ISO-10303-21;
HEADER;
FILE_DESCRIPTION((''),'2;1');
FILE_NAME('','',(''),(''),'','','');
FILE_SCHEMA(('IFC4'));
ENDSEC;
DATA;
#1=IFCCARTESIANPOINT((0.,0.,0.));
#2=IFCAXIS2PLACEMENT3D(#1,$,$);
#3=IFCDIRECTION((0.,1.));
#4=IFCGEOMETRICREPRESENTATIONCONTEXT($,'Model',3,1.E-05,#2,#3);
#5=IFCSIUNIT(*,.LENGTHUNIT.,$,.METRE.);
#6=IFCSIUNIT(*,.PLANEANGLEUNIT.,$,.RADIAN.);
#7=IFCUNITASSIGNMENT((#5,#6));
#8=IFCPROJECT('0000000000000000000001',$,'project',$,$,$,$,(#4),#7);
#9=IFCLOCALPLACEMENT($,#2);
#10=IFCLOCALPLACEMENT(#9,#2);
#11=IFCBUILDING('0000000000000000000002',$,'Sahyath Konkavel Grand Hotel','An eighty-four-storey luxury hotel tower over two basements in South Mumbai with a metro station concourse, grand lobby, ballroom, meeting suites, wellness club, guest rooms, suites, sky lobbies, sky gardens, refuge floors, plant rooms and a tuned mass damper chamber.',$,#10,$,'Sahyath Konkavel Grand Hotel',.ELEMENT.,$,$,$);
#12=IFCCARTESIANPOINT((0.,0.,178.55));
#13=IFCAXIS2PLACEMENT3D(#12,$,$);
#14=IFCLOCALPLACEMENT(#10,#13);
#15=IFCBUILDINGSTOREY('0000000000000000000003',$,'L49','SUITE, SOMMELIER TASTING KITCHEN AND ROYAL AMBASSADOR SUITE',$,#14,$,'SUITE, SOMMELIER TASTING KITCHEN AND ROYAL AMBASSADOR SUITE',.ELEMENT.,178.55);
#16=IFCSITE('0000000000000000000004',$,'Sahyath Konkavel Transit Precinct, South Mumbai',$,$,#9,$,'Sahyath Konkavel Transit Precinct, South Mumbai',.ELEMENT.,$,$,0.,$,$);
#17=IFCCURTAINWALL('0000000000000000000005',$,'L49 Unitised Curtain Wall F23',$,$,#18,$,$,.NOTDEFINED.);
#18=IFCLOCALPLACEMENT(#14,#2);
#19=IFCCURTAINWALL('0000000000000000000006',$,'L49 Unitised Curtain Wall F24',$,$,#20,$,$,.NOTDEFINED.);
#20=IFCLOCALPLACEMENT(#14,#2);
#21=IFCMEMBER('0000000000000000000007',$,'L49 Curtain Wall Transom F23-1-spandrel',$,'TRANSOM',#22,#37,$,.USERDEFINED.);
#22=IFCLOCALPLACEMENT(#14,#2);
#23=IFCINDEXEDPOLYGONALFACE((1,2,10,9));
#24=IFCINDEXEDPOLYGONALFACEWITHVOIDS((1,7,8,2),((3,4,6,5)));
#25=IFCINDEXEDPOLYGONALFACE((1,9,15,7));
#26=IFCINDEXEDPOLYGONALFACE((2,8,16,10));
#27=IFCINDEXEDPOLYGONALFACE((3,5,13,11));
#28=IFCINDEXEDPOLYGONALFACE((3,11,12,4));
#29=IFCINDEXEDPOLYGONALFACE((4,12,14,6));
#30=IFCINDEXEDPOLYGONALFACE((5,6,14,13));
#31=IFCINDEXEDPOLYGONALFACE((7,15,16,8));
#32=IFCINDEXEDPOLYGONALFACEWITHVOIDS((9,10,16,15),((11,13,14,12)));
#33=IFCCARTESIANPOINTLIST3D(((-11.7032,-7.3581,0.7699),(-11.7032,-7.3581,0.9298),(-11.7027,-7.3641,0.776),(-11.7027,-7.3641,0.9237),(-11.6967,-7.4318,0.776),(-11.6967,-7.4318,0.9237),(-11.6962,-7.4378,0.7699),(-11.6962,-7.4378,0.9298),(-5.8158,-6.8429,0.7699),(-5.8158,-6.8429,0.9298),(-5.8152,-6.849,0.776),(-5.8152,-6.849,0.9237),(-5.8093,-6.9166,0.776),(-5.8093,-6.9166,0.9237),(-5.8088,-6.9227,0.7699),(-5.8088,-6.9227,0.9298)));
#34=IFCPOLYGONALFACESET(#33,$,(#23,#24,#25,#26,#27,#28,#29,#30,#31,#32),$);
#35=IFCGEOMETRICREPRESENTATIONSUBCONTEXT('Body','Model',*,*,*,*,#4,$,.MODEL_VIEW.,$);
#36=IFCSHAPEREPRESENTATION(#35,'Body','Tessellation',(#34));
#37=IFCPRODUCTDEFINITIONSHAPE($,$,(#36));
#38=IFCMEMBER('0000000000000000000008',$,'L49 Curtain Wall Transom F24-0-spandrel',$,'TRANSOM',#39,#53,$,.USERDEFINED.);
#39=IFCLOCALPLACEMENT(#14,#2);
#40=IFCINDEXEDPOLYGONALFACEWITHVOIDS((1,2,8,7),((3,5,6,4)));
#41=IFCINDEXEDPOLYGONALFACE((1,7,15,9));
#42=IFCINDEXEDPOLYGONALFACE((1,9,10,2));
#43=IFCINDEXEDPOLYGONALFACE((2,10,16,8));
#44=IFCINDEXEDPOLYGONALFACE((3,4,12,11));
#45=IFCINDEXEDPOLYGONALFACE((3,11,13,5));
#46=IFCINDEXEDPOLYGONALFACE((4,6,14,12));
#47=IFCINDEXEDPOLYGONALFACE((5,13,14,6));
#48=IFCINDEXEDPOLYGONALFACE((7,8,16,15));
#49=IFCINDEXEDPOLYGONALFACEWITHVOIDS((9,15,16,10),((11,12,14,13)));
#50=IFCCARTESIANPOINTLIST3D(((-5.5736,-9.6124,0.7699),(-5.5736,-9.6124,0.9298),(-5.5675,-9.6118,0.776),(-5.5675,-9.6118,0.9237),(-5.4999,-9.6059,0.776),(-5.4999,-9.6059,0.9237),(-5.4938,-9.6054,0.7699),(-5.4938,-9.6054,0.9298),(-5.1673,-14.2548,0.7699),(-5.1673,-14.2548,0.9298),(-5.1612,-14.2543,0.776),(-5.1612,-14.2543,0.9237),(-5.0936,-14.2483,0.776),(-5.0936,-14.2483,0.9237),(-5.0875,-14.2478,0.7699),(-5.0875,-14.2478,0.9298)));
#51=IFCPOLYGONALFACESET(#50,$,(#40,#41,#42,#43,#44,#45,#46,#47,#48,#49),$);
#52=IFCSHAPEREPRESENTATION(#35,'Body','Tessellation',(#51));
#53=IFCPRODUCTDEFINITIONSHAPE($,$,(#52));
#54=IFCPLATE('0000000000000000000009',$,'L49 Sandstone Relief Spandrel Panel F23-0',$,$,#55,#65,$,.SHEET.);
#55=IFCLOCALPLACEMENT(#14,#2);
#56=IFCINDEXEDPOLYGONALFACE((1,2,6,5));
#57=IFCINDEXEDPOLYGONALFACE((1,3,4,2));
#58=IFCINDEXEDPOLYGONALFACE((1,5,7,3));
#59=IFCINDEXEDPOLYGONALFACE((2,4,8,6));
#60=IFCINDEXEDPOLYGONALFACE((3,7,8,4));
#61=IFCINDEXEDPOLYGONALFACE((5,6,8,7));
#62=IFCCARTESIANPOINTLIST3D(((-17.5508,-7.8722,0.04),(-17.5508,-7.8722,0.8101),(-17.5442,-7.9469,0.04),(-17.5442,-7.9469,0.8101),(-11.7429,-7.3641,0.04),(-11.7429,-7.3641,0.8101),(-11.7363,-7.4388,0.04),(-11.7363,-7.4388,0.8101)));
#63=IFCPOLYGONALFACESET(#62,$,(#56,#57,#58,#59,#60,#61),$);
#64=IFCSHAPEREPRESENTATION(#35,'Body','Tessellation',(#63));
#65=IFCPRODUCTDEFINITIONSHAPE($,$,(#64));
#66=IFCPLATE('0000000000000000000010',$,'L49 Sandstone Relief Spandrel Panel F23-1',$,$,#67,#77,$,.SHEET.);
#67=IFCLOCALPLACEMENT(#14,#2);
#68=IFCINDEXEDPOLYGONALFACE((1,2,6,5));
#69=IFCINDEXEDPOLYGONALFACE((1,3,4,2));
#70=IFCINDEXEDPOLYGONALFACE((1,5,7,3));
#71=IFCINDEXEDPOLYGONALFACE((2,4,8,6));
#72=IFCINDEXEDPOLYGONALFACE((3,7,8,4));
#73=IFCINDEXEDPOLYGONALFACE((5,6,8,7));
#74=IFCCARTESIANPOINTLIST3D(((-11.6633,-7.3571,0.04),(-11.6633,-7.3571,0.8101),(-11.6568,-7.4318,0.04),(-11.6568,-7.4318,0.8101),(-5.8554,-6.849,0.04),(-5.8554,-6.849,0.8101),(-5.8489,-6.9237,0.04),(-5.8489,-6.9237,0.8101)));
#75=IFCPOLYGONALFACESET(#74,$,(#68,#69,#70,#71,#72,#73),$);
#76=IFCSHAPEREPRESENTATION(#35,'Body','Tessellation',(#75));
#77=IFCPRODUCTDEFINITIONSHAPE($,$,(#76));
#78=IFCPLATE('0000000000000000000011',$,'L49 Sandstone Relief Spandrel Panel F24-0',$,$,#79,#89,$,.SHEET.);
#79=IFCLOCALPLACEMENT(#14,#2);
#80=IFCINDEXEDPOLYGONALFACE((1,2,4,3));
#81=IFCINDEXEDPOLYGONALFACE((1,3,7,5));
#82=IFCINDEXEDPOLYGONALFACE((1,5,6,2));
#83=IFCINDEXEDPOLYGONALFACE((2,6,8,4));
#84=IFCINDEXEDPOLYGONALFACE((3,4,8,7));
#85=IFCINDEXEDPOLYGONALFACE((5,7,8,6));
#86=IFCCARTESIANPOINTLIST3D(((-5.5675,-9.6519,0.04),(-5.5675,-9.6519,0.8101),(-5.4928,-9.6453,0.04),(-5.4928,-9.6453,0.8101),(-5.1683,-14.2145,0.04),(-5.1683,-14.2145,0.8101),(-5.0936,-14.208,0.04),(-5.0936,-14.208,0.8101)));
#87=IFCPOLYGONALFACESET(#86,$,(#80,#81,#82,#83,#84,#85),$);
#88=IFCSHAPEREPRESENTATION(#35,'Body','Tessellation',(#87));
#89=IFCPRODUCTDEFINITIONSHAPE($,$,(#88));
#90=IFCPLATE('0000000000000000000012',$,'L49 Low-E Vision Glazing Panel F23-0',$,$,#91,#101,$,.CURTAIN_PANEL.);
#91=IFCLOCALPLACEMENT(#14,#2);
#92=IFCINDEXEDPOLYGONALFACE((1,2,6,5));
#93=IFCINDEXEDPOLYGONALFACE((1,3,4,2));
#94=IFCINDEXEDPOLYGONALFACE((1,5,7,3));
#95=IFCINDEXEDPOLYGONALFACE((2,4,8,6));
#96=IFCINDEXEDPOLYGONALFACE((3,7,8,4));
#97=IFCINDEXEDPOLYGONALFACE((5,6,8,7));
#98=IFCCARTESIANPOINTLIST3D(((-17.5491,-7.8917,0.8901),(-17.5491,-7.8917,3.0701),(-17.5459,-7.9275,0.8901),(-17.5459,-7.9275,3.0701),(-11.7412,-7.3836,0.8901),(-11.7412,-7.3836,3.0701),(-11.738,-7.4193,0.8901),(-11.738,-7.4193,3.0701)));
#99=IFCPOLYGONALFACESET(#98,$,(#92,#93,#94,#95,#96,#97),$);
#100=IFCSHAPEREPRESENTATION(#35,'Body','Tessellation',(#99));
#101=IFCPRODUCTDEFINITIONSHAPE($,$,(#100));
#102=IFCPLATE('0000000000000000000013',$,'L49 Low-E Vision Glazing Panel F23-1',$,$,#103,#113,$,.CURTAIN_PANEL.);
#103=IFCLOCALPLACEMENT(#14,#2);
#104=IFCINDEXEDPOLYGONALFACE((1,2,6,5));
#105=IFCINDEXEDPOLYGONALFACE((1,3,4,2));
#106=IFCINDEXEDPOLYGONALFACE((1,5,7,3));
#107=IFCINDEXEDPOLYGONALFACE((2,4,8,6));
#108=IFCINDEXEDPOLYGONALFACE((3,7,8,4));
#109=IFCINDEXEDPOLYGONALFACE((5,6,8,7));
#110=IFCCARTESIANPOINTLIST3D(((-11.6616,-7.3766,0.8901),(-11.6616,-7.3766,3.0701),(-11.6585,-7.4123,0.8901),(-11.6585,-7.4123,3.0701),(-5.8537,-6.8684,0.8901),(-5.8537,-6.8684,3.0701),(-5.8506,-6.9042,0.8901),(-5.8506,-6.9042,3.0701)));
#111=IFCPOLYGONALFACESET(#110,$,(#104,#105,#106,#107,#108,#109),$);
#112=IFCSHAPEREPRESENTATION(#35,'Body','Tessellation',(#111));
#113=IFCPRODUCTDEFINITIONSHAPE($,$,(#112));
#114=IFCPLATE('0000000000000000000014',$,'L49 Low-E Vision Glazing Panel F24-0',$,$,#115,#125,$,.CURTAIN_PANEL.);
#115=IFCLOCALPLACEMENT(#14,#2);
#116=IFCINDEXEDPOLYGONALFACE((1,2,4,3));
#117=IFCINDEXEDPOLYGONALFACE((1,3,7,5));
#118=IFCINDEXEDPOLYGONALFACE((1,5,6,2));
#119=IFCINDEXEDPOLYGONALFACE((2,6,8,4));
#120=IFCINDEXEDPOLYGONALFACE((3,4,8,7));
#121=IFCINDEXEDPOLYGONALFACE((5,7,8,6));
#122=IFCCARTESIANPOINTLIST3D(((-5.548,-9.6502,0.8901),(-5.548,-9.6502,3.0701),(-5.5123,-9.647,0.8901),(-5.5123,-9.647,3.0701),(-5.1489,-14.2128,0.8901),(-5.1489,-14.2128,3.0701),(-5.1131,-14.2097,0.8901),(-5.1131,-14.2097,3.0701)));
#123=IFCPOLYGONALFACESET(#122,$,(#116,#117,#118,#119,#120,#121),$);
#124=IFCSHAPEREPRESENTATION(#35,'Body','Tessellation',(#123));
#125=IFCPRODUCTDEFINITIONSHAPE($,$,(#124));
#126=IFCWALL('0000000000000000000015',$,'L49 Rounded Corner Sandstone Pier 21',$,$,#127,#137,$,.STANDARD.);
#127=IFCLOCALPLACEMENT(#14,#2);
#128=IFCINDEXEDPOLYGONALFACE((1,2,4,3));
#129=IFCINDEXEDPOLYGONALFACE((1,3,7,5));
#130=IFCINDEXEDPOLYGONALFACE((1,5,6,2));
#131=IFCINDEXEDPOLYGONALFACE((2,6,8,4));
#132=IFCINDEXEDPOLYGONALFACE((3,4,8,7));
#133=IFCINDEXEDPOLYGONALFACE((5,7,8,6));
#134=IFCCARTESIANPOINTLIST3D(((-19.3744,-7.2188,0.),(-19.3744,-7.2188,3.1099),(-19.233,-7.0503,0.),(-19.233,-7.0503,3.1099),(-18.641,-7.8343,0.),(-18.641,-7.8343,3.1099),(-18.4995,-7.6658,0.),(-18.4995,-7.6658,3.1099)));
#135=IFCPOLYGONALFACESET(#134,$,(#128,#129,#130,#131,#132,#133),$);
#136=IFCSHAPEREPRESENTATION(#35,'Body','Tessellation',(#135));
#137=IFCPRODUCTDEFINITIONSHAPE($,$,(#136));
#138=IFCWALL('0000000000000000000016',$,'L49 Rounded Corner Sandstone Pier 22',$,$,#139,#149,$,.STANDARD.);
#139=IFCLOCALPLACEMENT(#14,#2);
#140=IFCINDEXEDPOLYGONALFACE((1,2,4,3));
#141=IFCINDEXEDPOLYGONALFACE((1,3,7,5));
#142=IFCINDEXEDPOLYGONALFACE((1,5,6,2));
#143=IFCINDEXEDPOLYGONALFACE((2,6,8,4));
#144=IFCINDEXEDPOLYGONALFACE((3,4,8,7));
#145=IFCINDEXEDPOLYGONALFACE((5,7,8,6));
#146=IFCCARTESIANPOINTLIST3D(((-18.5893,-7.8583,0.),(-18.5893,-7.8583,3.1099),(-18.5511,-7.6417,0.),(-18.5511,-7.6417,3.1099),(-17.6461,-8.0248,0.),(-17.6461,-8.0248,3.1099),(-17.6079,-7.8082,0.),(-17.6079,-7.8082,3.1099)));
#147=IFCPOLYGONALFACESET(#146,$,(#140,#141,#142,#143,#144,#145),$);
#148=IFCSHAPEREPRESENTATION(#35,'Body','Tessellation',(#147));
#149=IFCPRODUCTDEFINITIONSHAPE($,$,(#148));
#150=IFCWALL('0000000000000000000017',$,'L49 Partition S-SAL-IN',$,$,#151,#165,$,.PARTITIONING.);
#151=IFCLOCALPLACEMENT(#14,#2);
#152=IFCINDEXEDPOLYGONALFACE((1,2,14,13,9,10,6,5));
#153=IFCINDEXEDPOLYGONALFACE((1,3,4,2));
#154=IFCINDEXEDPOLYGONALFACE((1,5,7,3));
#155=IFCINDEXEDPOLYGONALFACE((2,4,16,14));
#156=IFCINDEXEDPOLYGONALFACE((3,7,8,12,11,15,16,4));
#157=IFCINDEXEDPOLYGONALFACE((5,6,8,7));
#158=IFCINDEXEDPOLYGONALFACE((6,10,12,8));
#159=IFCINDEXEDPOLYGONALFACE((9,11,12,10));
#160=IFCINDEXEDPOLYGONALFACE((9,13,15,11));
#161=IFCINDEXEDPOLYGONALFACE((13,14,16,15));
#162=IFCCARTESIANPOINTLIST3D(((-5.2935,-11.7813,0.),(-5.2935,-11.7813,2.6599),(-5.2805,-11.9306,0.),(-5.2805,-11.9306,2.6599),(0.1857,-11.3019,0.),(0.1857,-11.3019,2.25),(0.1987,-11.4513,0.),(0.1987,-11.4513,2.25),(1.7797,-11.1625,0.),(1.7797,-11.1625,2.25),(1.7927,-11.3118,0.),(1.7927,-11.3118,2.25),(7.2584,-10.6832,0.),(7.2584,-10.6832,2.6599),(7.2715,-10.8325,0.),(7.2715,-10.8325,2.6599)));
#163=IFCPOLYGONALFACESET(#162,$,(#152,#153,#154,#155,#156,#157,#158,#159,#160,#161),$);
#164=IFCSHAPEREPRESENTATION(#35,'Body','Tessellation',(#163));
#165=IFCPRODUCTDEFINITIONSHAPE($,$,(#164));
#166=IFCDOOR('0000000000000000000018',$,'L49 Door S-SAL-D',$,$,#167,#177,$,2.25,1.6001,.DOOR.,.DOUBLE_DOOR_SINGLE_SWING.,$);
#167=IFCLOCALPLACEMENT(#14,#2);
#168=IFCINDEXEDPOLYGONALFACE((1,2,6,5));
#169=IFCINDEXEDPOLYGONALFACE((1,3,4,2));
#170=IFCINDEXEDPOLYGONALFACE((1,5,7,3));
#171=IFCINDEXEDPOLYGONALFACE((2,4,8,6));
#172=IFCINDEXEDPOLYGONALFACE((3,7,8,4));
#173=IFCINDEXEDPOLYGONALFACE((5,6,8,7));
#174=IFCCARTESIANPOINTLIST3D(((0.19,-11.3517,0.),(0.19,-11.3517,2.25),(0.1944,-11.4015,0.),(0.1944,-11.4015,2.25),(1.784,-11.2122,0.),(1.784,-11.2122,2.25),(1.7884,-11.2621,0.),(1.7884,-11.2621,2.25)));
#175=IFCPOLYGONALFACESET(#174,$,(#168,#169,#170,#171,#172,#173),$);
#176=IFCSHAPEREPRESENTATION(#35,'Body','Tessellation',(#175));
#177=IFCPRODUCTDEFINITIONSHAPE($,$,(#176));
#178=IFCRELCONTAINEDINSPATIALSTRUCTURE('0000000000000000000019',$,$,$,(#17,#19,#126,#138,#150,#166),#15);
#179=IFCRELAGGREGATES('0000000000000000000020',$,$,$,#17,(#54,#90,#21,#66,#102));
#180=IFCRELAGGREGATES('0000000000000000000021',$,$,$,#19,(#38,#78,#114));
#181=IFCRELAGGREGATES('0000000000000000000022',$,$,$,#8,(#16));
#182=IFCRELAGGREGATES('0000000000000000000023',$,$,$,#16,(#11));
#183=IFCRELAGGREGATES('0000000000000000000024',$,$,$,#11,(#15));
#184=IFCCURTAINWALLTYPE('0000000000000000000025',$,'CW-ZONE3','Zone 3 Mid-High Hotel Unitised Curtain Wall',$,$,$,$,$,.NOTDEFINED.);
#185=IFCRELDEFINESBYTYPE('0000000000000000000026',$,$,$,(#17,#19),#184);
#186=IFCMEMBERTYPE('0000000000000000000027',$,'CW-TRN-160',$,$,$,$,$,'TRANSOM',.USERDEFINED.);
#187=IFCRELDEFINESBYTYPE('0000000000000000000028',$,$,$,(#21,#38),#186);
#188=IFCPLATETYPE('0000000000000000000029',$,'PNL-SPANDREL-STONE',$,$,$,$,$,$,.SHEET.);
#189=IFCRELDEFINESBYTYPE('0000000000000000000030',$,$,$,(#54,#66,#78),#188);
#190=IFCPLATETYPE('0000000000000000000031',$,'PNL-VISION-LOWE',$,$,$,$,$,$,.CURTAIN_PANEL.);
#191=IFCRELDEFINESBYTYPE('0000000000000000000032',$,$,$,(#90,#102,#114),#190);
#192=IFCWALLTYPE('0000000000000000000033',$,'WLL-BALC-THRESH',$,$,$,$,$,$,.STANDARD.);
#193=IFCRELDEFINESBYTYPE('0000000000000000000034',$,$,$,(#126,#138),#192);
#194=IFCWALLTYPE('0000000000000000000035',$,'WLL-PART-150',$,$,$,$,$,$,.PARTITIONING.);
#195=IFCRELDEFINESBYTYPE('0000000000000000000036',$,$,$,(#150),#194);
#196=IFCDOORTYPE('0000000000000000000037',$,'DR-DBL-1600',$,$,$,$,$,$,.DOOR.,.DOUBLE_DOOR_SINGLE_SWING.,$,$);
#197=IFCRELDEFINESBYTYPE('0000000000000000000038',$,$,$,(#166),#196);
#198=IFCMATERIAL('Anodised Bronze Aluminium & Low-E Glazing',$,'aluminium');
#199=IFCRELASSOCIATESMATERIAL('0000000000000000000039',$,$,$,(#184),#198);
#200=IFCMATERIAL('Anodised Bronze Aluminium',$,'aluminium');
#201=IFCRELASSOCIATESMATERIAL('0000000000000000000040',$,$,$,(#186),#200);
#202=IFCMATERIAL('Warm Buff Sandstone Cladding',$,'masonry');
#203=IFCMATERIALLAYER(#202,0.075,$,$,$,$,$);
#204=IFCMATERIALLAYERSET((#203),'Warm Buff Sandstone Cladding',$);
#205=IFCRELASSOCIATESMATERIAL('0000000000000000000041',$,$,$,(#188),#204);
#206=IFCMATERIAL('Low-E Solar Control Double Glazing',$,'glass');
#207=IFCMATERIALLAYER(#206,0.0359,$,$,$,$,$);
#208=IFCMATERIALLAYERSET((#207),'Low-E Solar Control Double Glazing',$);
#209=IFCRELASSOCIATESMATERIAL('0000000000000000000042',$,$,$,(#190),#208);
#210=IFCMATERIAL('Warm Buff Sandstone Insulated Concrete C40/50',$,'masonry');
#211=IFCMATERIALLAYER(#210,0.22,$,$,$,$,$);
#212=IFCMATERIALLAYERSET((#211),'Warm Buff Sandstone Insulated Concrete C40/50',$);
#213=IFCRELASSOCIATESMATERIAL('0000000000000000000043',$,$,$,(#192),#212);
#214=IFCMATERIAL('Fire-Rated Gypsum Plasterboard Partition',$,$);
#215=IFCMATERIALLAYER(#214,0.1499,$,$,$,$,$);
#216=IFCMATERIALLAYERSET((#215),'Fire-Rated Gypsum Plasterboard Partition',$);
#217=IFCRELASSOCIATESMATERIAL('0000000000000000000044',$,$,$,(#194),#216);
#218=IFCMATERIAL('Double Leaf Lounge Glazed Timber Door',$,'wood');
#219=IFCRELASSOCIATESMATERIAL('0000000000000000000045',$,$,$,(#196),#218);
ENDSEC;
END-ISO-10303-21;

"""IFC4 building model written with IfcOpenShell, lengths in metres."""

from ifc_helpers import new_model, si_unit, direction, frame, frame_2d, origin, origin_2d, place, context, subcontext, project, spatial, rectangle, hollow_rectangle, extrude, source, transform, mapped, material, layer, layer_set, material_profile, profile_set, type_object, element, fill, aggregate, save


model = new_model("IFC4")

# Units and contexts
model_context = context("Model", 3, precision=1e-05, world=origin(), true_north=direction((0.0, 1.0)))
body_context = subcontext(model_context, "Body", "Model", "MODEL_VIEW")
ifc_project = project(units=[si_unit("LENGTHUNIT", "METRE"), si_unit("PLANEANGLEUNIT", "RADIAN")], contexts=[model_context])

# Site, building, storey
site_placement = place(None, origin())
site = spatial("IfcSite", under=ifc_project, at=site_placement, Name="Sahyath Konkavel Transit Precinct, South Mumbai", LongName="Sahyath Konkavel Transit Precinct, South Mumbai", CompositionType="ELEMENT", RefElevation=0.0)
building_placement = place(site_placement, origin())
building = spatial("IfcBuilding", under=site, at=building_placement, Name="Sahyath Konkavel Grand Hotel", Description="An eighty-four-storey luxury hotel tower over two basements in South Mumbai with a metro station concourse, grand lobby, ballroom, meeting suites, wellness club, guest rooms, suites, sky lobbies, sky gardens, refuge floors, plant rooms and a tuned mass damper chamber.", LongName="Sahyath Konkavel Grand Hotel", CompositionType="ELEMENT")
storey_placement = place(building_placement, frame((0.0, 0.0, 178.55)))
storey = spatial("IfcBuildingStorey", under=building, at=storey_placement, Name="L49", Description="SUITE, SOMMELIER TASTING KITCHEN AND ROYAL AMBASSADOR SUITE", LongName="SUITE, SOMMELIER TASTING KITCHEN AND ROYAL AMBASSADOR SUITE", CompositionType="ELEMENT", Elevation=178.55)

# Shared definitions
ifc_material_1 = material(Name="Anodised Bronze Aluminium & Low-E Glazing", Category="aluminium")
curtain_wall_type = type_object("IfcCurtainWallType", Name="CW-ZONE3", Description="Zone 3 Mid-High Hotel Unitised Curtain Wall", PredefinedType="NOTDEFINED", material=ifc_material_1)
ifc_material_2 = material(Name="Anodised Bronze Aluminium", Category="aluminium")

# Curtain wall
curtain_wall_1_placement = place(storey_placement, origin())
curtain_wall_1 = element("IfcCurtainWall", 1, at=curtain_wall_1_placement, inside=storey, type_object=curtain_wall_type, Name="L49 Unitised Curtain Wall F23", PredefinedType="NOTDEFINED")

# Curtain wall
curtain_wall_2_placement = place(storey_placement, origin())
curtain_wall_2 = element("IfcCurtainWall", 2, at=curtain_wall_2_placement, inside=storey, type_object=curtain_wall_type, Name="L49 Unitised Curtain Wall F24", PredefinedType="NOTDEFINED")

# Members
ifc_material_profile_1 = material_profile(ifc_material_2, hollow_rectangle(XDim=0.0801, YDim=0.1599, WallThickness=0.0061, at=origin_2d()), Name="RHS 160x80x6")
ifc_profile_set_1 = profile_set([ifc_material_profile_1], Name="Anodised Bronze Aluminium")
member_type_1 = type_object("IfcMemberType", Name="CW-TRN-160", ElementType="TRANSOM", PredefinedType="USERDEFINED", material=ifc_profile_set_1)
shared_shape_1 = source(origin(), body_context, "Body", "SweptSolid", [
    extrude(hollow_rectangle(XDim=0.0801, YDim=0.1599, WallThickness=0.0061, at=origin_2d()), origin(), (0.0, 0.0, 1.0), 5.9099),
])
member_1_placement = place(storey_placement, frame((-11.6997, -7.3979, 0.8499), z_axis=(0.996194, 0.087164, 0.0), x_axis=(-0.087164, 0.996194, 0.0)))
member_1 = element("IfcMember", 3, at=member_1_placement, type_object=member_type_1, Name="L49 Curtain Wall Transom F23-1-spandrel", ObjectType="TRANSOM", PredefinedType="USERDEFINED", context=body_context, shape_type="MappedRepresentation", body=[
    mapped(shared_shape_1, transform((0.0, 0.0, 0.0), scale=1.0)),
])
shared_shape_2 = source(origin(), body_context, "Body", "SweptSolid", [
    extrude(hollow_rectangle(XDim=0.0801, YDim=0.1599, WallThickness=0.0061, at=origin_2d()), origin(), (0.0, 0.0, 1.0), 4.6602),
])
member_2_placement = place(storey_placement, frame((-5.5337, -9.6089, 0.8499), z_axis=(0.087177, -0.996193, 0.0), x_axis=(0.996193, 0.087177, 0.0)))
member_2 = element("IfcMember", 4, at=member_2_placement, type_object=member_type_1, Name="L49 Curtain Wall Transom F24-0-spandrel", ObjectType="TRANSOM", PredefinedType="USERDEFINED", context=body_context, shape_type="MappedRepresentation", body=[
    mapped(shared_shape_2, transform((0.0, 0.0, 0.0), scale=1.0)),
])

# Plates
ifc_material_3 = material(Name="Warm Buff Sandstone Cladding", Category="masonry")
ifc_layer_1 = layer(ifc_material_3, 0.075)
ifc_layer_set_1 = layer_set([ifc_layer_1], Name="Warm Buff Sandstone Cladding")
plate_type_1 = type_object("IfcPlateType", Name="PNL-SPANDREL-STONE", PredefinedType="SHEET", material=ifc_layer_set_1)
shared_shape_3 = source(origin(), body_context, "Body", "SweptSolid", [
    extrude(rectangle(XDim=5.8301, YDim=0.075, at=origin_2d()), origin(), (0.0, 0.0, 1.0), 0.77),
])
plate_1_placement = place(storey_placement, frame((-14.6436, -7.6555, 0.04), z_axis=(0.0, 0.0, 1.0), x_axis=(0.996195, 0.087156, 0.0)))
plate_1 = element("IfcPlate", 5, at=plate_1_placement, type_object=plate_type_1, Name="L49 Sandstone Relief Spandrel Panel F23-0", PredefinedType="SHEET", context=body_context, shape_type="MappedRepresentation", body=[
    mapped(shared_shape_3, transform((0.0, 0.0, 0.0), scale=1.0)),
])
plate_2_placement = place(storey_placement, frame((-8.7561, -7.1404, 0.04), z_axis=(0.0, 0.0, 1.0), x_axis=(0.996195, 0.087156, 0.0)))
plate_2 = element("IfcPlate", 6, at=plate_2_placement, type_object=plate_type_1, Name="L49 Sandstone Relief Spandrel Panel F23-1", PredefinedType="SHEET", context=body_context, shape_type="MappedRepresentation", body=[
    mapped(shared_shape_3, transform((0.0, 0.0, 0.0), scale=1.0)),
])
shared_shape_4 = source(origin(), body_context, "Body", "SweptSolid", [
    extrude(rectangle(XDim=4.5801, YDim=0.075, at=origin_2d()), origin(), (0.0, 0.0, 1.0), 0.77),
])
plate_3_placement = place(storey_placement, frame((-5.3306, -11.9299, 0.04), z_axis=(0.0, 0.0, 1.0), x_axis=(0.087156, -0.996195, 0.0)))
plate_3 = element("IfcPlate", 7, at=plate_3_placement, type_object=plate_type_1, Name="L49 Sandstone Relief Spandrel Panel F24-0", PredefinedType="SHEET", context=body_context, shape_type="MappedRepresentation", body=[
    mapped(shared_shape_4, transform((0.0, 0.0, 0.0), scale=1.0)),
])
ifc_material_4 = material(Name="Low-E Solar Control Double Glazing", Category="glass")
ifc_layer_2 = layer(ifc_material_4, 0.0359)
ifc_layer_set_2 = layer_set([ifc_layer_2], Name="Low-E Solar Control Double Glazing")
plate_type_2 = type_object("IfcPlateType", Name="PNL-VISION-LOWE", PredefinedType="CURTAIN_PANEL", material=ifc_layer_set_2)
shared_shape_5 = source(origin(), body_context, "Body", "SweptSolid", [
    extrude(rectangle(XDim=5.8301, YDim=0.0359, at=origin_2d()), origin(), (0.0, 0.0, 1.0), 2.1799),
])
plate_4_placement = place(storey_placement, frame((-14.6436, -7.6555, 0.8901), z_axis=(0.0, 0.0, 1.0), x_axis=(0.996195, 0.087156, 0.0)))
plate_4 = element("IfcPlate", 8, at=plate_4_placement, type_object=plate_type_2, Name="L49 Low-E Vision Glazing Panel F23-0", PredefinedType="CURTAIN_PANEL", context=body_context, shape_type="MappedRepresentation", body=[
    mapped(shared_shape_5, transform((0.0, 0.0, 0.0), scale=1.0)),
])
plate_5_placement = place(storey_placement, frame((-8.7561, -7.1404, 0.8901), z_axis=(0.0, 0.0, 1.0), x_axis=(0.996195, 0.087156, 0.0)))
plate_5 = element("IfcPlate", 9, at=plate_5_placement, type_object=plate_type_2, Name="L49 Low-E Vision Glazing Panel F23-1", PredefinedType="CURTAIN_PANEL", context=body_context, shape_type="MappedRepresentation", body=[
    mapped(shared_shape_5, transform((0.0, 0.0, 0.0), scale=1.0)),
])
aggregate(curtain_wall_1, [plate_1, plate_4, member_1, plate_2, plate_5])
shared_shape_6 = source(origin(), body_context, "Body", "SweptSolid", [
    extrude(rectangle(XDim=4.5801, YDim=0.0359, at=origin_2d()), origin(), (0.0, 0.0, 1.0), 2.1799),
])
plate_6_placement = place(storey_placement, frame((-5.3306, -11.9299, 0.8901), z_axis=(0.0, 0.0, 1.0), x_axis=(0.087156, -0.996195, 0.0)))
plate_6 = element("IfcPlate", 10, at=plate_6_placement, type_object=plate_type_2, Name="L49 Low-E Vision Glazing Panel F24-0", PredefinedType="CURTAIN_PANEL", context=body_context, shape_type="MappedRepresentation", body=[
    mapped(shared_shape_6, transform((0.0, 0.0, 0.0), scale=1.0)),
])
aggregate(curtain_wall_2, [member_2, plate_3, plate_6])

# Walls
ifc_material_5 = material(Name="Warm Buff Sandstone Insulated Concrete C40/50", Category="masonry")
ifc_layer_3 = layer(ifc_material_5, 0.22)
ifc_layer_set_3 = layer_set([ifc_layer_3], Name="Warm Buff Sandstone Insulated Concrete C40/50")
wall_type_1 = type_object("IfcWallType", Name="WLL-BALC-THRESH", PredefinedType="STANDARD", material=ifc_layer_set_3)
wall_1_placement = place(storey_placement, frame((-19.3037, -7.1345, 0.0), z_axis=(0.0, 0.0, 1.0), x_axis=(0.766001, -0.642839, 0.0)))
element("IfcWall", 11, at=wall_1_placement, inside=storey, type_object=wall_type_1, Name="L49 Rounded Corner Sandstone Pier 21", PredefinedType="STANDARD", context=body_context, shape_type="SweptSolid", body=[
    extrude(rectangle(XDim=0.9575, YDim=0.22, at=frame_2d((0.4788, 0.0))), origin(), (0.0, 0.0, 1.0), 3.1099),
])
wall_2_placement = place(storey_placement, frame((-18.5703, -7.75, 0.0), z_axis=(0.0, 0.0, 1.0), x_axis=(0.984771, -0.173858, 0.0)))
element("IfcWall", 12, at=wall_2_placement, inside=storey, type_object=wall_type_1, Name="L49 Rounded Corner Sandstone Pier 22", PredefinedType="STANDARD", context=body_context, shape_type="SweptSolid", body=[
    extrude(rectangle(XDim=0.9578, YDim=0.22, at=frame_2d((0.479, 0.0))), origin(), (0.0, 0.0, 1.0), 3.1099),
])

# Wall, opening, door
ifc_material_6 = material(Name="Fire-Rated Gypsum Plasterboard Partition")
ifc_layer_4 = layer(ifc_material_6, 0.1499)
ifc_layer_set_4 = layer_set([ifc_layer_4], Name="Fire-Rated Gypsum Plasterboard Partition")
wall_type_2 = type_object("IfcWallType", Name="WLL-PART-150", PredefinedType="PARTITIONING", material=ifc_layer_set_4)
wall_3_placement = place(storey_placement, frame((-5.2869, -11.856, 0.0), z_axis=(0.0, 0.0, 1.0), x_axis=(0.996195, 0.087155, 0.0)))
wall_3 = element("IfcWall", 13, at=wall_3_placement, inside=storey, type_object=wall_type_2, Name="L49 Partition S-SAL-IN", PredefinedType="PARTITIONING", context=body_context, shape_type="SweptSolid", body=[
    extrude(rectangle(XDim=12.5999, YDim=0.1499, at=frame_2d((6.2998, 0.0))), origin(), (0.0, 0.0, 1.0), 2.6599),
])
opening_placement = place(wall_3_placement, frame((5.5, 0.0, 0.0)))
opening = element("IfcOpeningElement", 14, at=opening_placement, cuts=wall_3, PredefinedType="OPENING", context=body_context, shape_type="SweptSolid", body=[
    extrude(rectangle(XDim=1.6001, YDim=2.25, at=frame_2d((0.8, 1.125))), frame((0.0, 0.085, 0.0), z_axis=(0.0, -1.0, 0.0), x_axis=(1.0, 0.0, 0.0)), (0.0, 0.0, 1.0), 0.1699),
])
ifc_material_7 = material(Name="Double Leaf Lounge Glazed Timber Door", Category="wood")
door_type = type_object("IfcDoorType", Name="DR-DBL-1600", OperationType="DOUBLE_DOOR_SINGLE_SWING", PredefinedType="DOOR", material=ifc_material_7)
shared_shape_7 = source(origin(), body_context, "Body", "SweptSolid", [
    extrude(rectangle(XDim=1.6001, YDim=0.05, at=origin_2d()), origin(), (0.0, 0.0, 1.0), 2.25),
])
door_placement = place(opening_placement, frame((0.8, 0.0, 0.0)))
door = element("IfcDoor", 15, at=door_placement, inside=storey, type_object=door_type, Name="L49 Door S-SAL-D", OperationType="DOUBLE_DOOR_SINGLE_SWING", OverallHeight=2.25, OverallWidth=1.6001, PredefinedType="DOOR", context=body_context, shape_type="MappedRepresentation", body=[
    mapped(shared_shape_7, transform((0.0, 0.0, 0.0), scale=1.0)),
])
fill(opening, door)

save(model, "model.ifc")
